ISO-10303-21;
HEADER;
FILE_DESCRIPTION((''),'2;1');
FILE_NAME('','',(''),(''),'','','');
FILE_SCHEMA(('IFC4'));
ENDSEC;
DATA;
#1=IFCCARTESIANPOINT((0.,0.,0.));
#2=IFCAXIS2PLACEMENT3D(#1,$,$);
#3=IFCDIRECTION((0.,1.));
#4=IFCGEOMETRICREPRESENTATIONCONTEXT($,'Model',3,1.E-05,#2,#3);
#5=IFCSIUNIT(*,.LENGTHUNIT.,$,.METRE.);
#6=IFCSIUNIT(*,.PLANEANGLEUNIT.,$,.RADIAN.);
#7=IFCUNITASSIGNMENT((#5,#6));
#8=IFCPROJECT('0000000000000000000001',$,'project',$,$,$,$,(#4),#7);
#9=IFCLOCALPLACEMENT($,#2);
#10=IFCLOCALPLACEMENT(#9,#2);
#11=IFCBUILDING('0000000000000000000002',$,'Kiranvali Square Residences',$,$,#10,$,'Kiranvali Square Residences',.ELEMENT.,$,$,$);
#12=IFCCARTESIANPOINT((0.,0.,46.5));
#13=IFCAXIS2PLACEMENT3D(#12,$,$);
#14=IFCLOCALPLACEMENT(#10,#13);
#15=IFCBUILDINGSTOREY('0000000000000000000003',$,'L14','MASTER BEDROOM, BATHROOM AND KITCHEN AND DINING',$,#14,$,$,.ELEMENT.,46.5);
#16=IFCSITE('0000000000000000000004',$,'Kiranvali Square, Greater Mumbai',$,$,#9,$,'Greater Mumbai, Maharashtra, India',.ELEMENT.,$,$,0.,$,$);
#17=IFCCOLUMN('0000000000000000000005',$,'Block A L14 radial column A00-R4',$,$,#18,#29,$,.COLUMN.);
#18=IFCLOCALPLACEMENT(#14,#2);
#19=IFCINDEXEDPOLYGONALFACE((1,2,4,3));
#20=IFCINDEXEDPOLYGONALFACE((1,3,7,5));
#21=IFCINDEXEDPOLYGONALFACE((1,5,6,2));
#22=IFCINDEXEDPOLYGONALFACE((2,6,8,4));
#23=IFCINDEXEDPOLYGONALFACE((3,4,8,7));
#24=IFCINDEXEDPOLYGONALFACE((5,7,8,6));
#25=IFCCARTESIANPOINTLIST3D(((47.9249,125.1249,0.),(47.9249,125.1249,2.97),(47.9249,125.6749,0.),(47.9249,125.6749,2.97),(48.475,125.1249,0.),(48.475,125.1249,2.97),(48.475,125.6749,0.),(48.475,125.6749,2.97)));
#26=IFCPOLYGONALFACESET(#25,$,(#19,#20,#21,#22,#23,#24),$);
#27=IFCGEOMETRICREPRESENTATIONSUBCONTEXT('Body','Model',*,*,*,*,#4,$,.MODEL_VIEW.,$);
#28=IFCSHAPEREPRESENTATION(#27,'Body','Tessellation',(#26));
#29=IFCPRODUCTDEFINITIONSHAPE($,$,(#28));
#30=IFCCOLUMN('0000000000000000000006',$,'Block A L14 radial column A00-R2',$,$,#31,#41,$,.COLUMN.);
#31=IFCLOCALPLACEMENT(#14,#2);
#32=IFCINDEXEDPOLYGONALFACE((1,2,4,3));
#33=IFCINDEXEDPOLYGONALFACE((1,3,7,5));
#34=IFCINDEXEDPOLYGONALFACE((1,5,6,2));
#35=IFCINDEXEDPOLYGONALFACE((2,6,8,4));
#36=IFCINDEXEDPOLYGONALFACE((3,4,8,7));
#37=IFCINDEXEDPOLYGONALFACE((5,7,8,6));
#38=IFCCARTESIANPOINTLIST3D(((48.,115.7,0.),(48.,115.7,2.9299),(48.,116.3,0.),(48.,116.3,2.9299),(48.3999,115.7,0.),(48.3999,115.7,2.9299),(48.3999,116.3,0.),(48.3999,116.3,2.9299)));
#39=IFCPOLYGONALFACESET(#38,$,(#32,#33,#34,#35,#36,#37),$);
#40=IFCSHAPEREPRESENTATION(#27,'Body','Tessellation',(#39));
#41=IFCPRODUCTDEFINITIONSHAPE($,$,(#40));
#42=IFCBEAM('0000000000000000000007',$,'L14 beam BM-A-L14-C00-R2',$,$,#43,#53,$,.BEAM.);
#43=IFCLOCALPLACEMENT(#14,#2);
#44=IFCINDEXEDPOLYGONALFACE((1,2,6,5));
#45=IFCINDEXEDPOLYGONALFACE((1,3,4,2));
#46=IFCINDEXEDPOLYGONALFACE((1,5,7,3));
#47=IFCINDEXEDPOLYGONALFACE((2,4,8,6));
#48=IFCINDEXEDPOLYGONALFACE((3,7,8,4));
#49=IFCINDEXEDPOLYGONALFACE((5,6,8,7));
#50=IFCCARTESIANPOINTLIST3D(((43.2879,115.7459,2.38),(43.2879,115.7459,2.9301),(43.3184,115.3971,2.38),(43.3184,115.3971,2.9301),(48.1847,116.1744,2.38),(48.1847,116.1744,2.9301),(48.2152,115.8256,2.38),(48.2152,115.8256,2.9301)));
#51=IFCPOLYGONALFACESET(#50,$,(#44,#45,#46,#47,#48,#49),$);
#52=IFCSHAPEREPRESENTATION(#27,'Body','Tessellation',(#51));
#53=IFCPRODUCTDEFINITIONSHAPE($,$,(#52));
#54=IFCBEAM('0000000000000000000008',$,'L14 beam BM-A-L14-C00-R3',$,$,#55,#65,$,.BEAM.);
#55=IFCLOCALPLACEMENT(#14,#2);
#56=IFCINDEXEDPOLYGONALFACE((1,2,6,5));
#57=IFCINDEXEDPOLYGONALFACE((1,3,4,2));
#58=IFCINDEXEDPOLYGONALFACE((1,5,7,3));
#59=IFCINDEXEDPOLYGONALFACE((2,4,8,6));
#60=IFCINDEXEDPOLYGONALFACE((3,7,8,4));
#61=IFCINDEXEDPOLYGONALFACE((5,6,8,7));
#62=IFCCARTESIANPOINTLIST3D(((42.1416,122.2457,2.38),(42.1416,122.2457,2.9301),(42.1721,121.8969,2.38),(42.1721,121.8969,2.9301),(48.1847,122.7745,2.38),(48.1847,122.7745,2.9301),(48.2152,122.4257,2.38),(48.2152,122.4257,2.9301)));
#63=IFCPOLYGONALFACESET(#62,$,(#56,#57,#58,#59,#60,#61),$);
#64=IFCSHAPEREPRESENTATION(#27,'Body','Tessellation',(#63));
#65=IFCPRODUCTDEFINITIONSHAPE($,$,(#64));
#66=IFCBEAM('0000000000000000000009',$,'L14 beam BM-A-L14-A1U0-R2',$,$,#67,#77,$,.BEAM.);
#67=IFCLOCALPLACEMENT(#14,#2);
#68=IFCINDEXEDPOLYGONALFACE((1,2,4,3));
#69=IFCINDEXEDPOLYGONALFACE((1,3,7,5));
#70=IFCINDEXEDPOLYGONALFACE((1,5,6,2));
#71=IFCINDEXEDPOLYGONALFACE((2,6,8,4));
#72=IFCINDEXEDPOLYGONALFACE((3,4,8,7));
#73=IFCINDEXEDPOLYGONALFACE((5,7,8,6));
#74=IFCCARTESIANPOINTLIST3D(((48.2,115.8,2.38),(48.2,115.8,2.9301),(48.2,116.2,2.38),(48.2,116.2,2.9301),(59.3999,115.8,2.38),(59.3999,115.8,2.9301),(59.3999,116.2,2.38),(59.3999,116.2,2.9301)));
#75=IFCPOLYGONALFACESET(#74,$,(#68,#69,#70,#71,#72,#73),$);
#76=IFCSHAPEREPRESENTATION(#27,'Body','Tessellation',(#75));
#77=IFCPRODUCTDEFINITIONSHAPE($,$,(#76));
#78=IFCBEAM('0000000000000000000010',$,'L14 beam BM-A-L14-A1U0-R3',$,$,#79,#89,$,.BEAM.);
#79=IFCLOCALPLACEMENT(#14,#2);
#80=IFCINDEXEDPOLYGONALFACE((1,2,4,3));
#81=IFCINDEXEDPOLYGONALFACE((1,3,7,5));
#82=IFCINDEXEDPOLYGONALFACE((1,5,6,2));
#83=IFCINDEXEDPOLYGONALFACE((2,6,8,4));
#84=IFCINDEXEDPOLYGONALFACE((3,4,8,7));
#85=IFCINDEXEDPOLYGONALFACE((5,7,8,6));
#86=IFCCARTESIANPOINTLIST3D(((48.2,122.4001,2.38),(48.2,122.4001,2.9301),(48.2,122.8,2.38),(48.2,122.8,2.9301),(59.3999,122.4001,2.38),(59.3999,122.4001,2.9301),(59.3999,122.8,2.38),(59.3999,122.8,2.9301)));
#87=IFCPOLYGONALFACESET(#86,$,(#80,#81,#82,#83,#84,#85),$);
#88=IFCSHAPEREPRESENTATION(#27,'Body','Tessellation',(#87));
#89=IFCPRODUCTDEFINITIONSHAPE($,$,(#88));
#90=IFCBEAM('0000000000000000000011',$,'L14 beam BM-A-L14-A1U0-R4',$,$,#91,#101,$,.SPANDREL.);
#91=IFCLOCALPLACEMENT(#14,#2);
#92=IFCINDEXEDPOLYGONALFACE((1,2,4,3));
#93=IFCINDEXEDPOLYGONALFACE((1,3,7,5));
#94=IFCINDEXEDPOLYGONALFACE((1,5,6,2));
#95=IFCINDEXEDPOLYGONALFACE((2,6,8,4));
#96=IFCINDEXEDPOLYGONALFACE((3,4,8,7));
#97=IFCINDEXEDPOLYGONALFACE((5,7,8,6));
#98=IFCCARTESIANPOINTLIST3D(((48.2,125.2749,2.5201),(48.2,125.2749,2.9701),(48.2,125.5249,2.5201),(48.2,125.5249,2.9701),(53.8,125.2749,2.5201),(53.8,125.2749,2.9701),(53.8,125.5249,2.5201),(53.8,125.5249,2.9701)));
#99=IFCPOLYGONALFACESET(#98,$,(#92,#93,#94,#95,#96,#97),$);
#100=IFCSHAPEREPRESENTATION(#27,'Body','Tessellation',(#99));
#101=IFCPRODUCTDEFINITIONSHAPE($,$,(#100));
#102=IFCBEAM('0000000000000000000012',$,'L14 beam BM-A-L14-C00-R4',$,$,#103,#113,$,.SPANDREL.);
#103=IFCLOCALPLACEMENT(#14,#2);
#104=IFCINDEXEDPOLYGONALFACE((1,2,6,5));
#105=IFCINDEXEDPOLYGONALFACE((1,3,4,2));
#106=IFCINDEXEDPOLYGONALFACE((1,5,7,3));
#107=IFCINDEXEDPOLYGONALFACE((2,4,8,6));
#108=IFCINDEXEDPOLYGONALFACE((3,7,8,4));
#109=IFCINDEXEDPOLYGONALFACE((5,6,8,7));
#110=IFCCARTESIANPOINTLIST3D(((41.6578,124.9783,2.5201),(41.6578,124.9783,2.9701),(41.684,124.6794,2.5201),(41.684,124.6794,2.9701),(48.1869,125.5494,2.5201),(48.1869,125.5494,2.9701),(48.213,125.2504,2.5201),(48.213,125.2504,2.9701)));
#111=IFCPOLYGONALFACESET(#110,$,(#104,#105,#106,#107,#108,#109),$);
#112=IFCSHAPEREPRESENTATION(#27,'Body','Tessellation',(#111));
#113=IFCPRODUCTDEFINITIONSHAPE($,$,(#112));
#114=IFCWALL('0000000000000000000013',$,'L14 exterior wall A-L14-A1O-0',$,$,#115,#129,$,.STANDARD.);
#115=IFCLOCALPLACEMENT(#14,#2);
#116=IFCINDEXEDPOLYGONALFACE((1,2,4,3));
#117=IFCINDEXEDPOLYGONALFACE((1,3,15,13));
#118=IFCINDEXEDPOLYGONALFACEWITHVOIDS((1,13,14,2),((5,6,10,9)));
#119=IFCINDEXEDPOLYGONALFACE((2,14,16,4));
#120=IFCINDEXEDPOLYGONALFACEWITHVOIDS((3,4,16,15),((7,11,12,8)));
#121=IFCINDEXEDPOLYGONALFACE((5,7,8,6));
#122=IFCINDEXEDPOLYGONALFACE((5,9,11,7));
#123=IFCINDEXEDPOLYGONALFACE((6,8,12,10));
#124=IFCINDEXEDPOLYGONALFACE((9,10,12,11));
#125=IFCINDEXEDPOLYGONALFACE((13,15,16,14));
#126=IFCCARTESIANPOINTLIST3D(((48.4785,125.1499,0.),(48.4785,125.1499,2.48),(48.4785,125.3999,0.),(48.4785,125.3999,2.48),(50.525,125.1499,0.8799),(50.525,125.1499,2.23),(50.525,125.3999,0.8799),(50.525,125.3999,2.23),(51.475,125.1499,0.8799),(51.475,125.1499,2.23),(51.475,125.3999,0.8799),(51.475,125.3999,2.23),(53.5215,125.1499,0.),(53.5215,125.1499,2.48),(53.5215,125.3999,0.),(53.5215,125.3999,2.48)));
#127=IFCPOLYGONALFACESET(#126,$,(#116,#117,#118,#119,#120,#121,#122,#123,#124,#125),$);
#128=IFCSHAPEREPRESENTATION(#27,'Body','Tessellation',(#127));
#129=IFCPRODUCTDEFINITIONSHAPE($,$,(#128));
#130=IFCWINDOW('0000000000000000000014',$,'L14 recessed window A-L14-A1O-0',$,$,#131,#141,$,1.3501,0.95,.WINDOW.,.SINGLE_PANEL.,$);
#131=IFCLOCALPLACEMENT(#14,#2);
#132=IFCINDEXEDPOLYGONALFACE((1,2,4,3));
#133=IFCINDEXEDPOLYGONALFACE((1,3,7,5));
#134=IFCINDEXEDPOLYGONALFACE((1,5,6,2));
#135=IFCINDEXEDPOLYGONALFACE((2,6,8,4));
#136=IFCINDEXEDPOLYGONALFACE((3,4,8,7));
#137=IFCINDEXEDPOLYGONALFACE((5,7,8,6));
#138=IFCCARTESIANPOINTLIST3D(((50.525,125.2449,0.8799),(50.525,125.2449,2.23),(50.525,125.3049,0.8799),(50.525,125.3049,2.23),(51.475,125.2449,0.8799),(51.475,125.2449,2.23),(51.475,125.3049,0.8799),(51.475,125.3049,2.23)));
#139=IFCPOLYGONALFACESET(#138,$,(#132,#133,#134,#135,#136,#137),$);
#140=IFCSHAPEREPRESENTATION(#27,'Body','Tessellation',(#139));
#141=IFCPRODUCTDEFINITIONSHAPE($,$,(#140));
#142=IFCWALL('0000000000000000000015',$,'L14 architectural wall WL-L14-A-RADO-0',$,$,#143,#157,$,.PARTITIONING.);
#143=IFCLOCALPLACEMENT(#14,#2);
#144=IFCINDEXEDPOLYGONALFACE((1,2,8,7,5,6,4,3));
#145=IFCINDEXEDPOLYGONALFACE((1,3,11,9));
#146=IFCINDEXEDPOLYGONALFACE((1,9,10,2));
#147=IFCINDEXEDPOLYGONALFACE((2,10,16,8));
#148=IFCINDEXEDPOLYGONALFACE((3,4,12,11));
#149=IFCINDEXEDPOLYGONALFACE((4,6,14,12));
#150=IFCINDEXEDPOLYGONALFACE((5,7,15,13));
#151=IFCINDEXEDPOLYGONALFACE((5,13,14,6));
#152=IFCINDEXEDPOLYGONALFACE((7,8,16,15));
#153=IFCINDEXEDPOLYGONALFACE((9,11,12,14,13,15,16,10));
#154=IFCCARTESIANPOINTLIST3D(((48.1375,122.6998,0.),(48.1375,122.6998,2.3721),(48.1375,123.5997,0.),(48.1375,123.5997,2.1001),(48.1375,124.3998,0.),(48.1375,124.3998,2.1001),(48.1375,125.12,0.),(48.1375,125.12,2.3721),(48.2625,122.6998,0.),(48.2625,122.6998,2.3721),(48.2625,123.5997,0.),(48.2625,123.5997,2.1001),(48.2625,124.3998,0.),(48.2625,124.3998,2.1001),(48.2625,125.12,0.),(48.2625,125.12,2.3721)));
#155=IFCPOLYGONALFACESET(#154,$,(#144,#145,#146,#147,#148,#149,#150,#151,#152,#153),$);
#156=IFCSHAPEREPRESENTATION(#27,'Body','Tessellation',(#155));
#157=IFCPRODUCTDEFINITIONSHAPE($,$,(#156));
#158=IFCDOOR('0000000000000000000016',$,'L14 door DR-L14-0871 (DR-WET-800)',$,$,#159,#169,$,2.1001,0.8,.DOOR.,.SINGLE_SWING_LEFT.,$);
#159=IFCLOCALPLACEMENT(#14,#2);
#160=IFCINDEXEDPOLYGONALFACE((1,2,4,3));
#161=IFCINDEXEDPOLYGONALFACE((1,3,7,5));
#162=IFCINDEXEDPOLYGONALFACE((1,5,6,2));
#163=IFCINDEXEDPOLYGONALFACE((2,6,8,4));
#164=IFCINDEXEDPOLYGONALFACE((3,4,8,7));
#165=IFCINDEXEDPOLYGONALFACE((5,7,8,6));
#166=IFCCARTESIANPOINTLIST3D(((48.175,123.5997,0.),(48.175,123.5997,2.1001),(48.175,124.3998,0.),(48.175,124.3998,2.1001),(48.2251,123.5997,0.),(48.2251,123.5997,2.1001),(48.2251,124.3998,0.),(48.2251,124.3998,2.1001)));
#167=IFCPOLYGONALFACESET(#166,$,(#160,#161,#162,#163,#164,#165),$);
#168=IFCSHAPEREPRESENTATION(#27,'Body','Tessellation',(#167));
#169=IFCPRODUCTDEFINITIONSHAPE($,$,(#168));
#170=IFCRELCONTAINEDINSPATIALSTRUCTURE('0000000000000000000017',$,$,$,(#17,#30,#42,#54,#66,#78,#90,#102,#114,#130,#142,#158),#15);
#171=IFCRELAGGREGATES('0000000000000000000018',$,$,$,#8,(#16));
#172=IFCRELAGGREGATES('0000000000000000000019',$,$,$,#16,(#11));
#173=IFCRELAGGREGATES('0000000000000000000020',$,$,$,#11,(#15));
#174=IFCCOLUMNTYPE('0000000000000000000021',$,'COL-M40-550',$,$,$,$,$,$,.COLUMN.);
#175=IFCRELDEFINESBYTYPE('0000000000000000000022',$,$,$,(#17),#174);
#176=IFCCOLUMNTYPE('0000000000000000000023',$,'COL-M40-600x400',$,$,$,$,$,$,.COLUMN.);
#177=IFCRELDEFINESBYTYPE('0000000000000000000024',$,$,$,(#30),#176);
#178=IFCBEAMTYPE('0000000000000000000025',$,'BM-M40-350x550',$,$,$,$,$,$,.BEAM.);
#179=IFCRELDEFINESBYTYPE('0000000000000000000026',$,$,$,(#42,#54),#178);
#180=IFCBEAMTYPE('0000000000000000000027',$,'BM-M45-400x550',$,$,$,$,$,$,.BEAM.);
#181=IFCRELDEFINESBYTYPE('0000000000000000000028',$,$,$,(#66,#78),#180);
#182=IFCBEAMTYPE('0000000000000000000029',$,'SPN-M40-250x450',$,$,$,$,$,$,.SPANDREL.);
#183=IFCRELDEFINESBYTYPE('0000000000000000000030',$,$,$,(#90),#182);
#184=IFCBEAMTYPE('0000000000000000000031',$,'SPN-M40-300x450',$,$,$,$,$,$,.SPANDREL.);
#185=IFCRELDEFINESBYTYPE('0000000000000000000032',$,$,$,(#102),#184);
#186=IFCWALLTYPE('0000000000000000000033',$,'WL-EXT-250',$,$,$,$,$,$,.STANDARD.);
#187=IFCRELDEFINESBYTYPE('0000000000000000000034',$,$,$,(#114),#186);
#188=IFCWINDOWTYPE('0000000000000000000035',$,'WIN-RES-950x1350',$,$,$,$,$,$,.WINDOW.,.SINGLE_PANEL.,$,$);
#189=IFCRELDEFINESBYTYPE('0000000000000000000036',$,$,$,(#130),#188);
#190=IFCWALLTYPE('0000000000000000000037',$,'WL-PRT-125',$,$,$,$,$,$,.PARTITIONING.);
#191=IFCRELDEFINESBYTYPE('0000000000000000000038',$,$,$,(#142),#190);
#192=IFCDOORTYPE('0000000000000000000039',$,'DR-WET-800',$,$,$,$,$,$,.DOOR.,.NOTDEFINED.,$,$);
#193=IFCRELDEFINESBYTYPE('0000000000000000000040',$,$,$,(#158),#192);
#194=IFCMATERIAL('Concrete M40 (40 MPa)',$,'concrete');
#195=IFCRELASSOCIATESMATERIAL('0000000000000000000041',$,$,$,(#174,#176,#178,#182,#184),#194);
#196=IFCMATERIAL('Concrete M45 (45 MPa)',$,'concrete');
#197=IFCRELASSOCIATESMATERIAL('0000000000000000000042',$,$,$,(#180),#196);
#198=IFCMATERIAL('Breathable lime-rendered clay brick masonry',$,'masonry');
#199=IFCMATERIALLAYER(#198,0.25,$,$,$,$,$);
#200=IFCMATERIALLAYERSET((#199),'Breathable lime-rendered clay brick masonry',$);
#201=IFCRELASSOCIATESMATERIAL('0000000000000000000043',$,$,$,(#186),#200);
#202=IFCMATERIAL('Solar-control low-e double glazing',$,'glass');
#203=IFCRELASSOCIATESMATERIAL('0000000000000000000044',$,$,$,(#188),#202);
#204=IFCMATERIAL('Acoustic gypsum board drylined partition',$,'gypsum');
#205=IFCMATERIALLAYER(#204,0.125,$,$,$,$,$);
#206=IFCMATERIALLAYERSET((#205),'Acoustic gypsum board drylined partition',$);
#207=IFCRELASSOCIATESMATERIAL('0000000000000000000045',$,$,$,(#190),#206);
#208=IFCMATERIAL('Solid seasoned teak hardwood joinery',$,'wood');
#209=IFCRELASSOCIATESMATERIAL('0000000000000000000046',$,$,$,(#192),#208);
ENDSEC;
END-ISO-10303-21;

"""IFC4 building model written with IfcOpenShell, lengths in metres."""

from ifc_helpers import new_model, si_unit, direction, frame, frame_2d, origin, origin_2d, place, context, subcontext, project, spatial, rectangle, extrude, material, layer, layer_set, material_profile, profile_set, type_object, element, fill, save


model = new_model("IFC4")

# Units and contexts
model_context = context("Model", 3, precision=1e-05, world=origin(), true_north=direction((0.0, 1.0)))
body_context = subcontext(model_context, "Body", "Model", "MODEL_VIEW")
ifc_project = project(units=[si_unit("LENGTHUNIT", "METRE"), si_unit("PLANEANGLEUNIT", "RADIAN")], contexts=[model_context])

# Site, building, storey
site_placement = place(None, origin())
site = spatial("IfcSite", under=ifc_project, at=site_placement, Name="Kiranvali Square, Greater Mumbai", LongName="Greater Mumbai, Maharashtra, India", CompositionType="ELEMENT", RefElevation=0.0)
building_placement = place(site_placement, origin())
building = spatial("IfcBuilding", under=site, at=building_placement, Name="Kiranvali Square Residences", LongName="Kiranvali Square Residences", CompositionType="ELEMENT")
storey_placement = place(building_placement, frame((0.0, 0.0, 46.5)))
storey = spatial("IfcBuildingStorey", under=building, at=storey_placement, Name="L14", Description="MASTER BEDROOM, BATHROOM AND KITCHEN AND DINING", CompositionType="ELEMENT", Elevation=46.5)

# Columns
ifc_material_1 = material(Name="Concrete M40 (40 MPa)", Category="concrete")
ifc_material_profile_1 = material_profile(ifc_material_1, rectangle(XDim=0.55, YDim=0.55, at=origin_2d()), Name="RC 550x550")
ifc_profile_set_1 = profile_set([ifc_material_profile_1], Name="Concrete M40 (40 MPa)")
column_type_1 = type_object("IfcColumnType", Name="COL-M40-550", PredefinedType="COLUMN", material=ifc_profile_set_1)
column_1_placement = place(storey_placement, frame((48.2, 125.3999, 0.0), z_axis=(0.0, 0.0, 1.0), x_axis=(1.0, 0.0, 0.0)))
element("IfcColumn", 1, at=column_1_placement, inside=storey, type_object=column_type_1, Name="Block A L14 radial column A00-R4", PredefinedType="COLUMN", context=body_context, shape_type="SweptSolid", body=[
    extrude(rectangle(XDim=0.55, YDim=0.55, at=origin_2d()), origin(), (0.0, 0.0, 1.0), 2.97),
])
ifc_material_profile_2 = material_profile(ifc_material_1, rectangle(XDim=0.3999, YDim=0.6001, at=origin_2d()), Name="RC 600x400")
ifc_profile_set_2 = profile_set([ifc_material_profile_2], Name="Concrete M40 (40 MPa)")
column_type_2 = type_object("IfcColumnType", Name="COL-M40-600x400", PredefinedType="COLUMN", material=ifc_profile_set_2)
column_2_placement = place(storey_placement, frame((48.2, 116.0, 0.0), z_axis=(0.0, 0.0, 1.0), x_axis=(1.0, 0.0, 0.0)))
element("IfcColumn", 2, at=column_2_placement, inside=storey, type_object=column_type_2, Name="Block A L14 radial column A00-R2", PredefinedType="COLUMN", context=body_context, shape_type="SweptSolid", body=[
    extrude(rectangle(XDim=0.3999, YDim=0.6001, at=origin_2d()), origin(), (0.0, 0.0, 1.0), 2.9299),
])

# Beams
ifc_material_profile_3 = material_profile(ifc_material_1, rectangle(XDim=0.3501, YDim=0.55, at=origin_2d()), Name="RC 350x550")
ifc_profile_set_3 = profile_set([ifc_material_profile_3], Name="Concrete M40 (40 MPa)")
beam_type_1 = type_object("IfcBeamType", Name="BM-M40-350x550", PredefinedType="BEAM", material=ifc_profile_set_3)
beam_1_placement = place(storey_placement, frame((48.2, 116.0, 2.655), z_axis=(-0.996194, -0.087168, 0.0), x_axis=(0.087168, -0.996194, 0.0)))
element("IfcBeam", 3, at=beam_1_placement, inside=storey, type_object=beam_type_1, Name="L14 beam BM-A-L14-C00-R2", PredefinedType="BEAM", context=body_context, shape_type="SweptSolid", body=[
    extrude(rectangle(XDim=0.3501, YDim=0.55, at=origin_2d()), origin(), (0.0, 0.0, 1.0), 4.9155),
])
beam_2_placement = place(storey_placement, frame((48.2, 122.6001, 2.655), z_axis=(-0.996193, -0.087175, 0.0), x_axis=(0.087175, -0.996193, 0.0)))
element("IfcBeam", 4, at=beam_2_placement, inside=storey, type_object=beam_type_1, Name="L14 beam BM-A-L14-C00-R3", PredefinedType="BEAM", context=body_context, shape_type="SweptSolid", body=[
    extrude(rectangle(XDim=0.3501, YDim=0.55, at=origin_2d()), origin(), (0.0, 0.0, 1.0), 6.0662),
])
ifc_material_2 = material(Name="Concrete M45 (45 MPa)", Category="concrete")
ifc_material_profile_4 = material_profile(ifc_material_2, rectangle(XDim=0.3999, YDim=0.55, at=origin_2d()), Name="RC 400x550")
ifc_profile_set_4 = profile_set([ifc_material_profile_4], Name="Concrete M45 (45 MPa)")
beam_type_2 = type_object("IfcBeamType", Name="BM-M45-400x550", PredefinedType="BEAM", material=ifc_profile_set_4)
for number, where, z_axis, x_axis, name in (
    (5, (48.2, 116.0, 2.655), (1.0, 0.0, 0.0), (0.0, 1.0, 0.0), "L14 beam BM-A-L14-A1U0-R2"),
    (6, (48.2, 122.6001, 2.655), (1.0, 0.0, 0.0), (0.0, 1.0, 0.0), "L14 beam BM-A-L14-A1U0-R3"),
):
    element("IfcBeam", number, at=place(storey_placement, frame(where, z_axis=z_axis, x_axis=x_axis)), inside=storey, type_object=beam_type_2, Name=name, PredefinedType="BEAM", context=body_context, shape_type="SweptSolid", body=[
        extrude(rectangle(XDim=0.3999, YDim=0.55, at=origin_2d()), origin(), (0.0, 0.0, 1.0), 11.2),
    ])
ifc_material_profile_5 = material_profile(ifc_material_1, rectangle(XDim=0.25, YDim=0.45, at=origin_2d()), Name="RC 250x450")
ifc_profile_set_5 = profile_set([ifc_material_profile_5], Name="Concrete M40 (40 MPa)")
beam_type_3 = type_object("IfcBeamType", Name="SPN-M40-250x450", PredefinedType="SPANDREL", material=ifc_profile_set_5)
beam_3_placement = place(storey_placement, frame((48.2, 125.3999, 2.7451), z_axis=(1.0, 0.0, 0.0), x_axis=(0.0, 1.0, 0.0)))
element("IfcBeam", 7, at=beam_3_placement, inside=storey, type_object=beam_type_3, Name="L14 beam BM-A-L14-A1U0-R4", PredefinedType="SPANDREL", context=body_context, shape_type="SweptSolid", body=[
    extrude(rectangle(XDim=0.25, YDim=0.45, at=origin_2d()), origin(), (0.0, 0.0, 1.0), 5.6001),
])
ifc_material_profile_6 = material_profile(ifc_material_1, rectangle(XDim=0.3, YDim=0.45, at=origin_2d()), Name="RC 300x450")
ifc_profile_set_6 = profile_set([ifc_material_profile_6], Name="Concrete M40 (40 MPa)")
beam_type_4 = type_object("IfcBeamType", Name="SPN-M40-300x450", PredefinedType="SPANDREL", material=ifc_profile_set_6)
beam_4_placement = place(storey_placement, frame((48.2, 125.3999, 2.7451), z_axis=(-0.996197, -0.08713, 0.0), x_axis=(0.08713, -0.996197, 0.0)))
element("IfcBeam", 8, at=beam_4_placement, inside=storey, type_object=beam_type_4, Name="L14 beam BM-A-L14-C00-R4", PredefinedType="SPANDREL", context=body_context, shape_type="SweptSolid", body=[
    extrude(rectangle(XDim=0.3, YDim=0.45, at=origin_2d()), origin(), (0.0, 0.0, 1.0), 6.554),
])

# Wall, opening, window
ifc_material_3 = material(Name="Breathable lime-rendered clay brick masonry", Category="masonry")
ifc_layer_1 = layer(ifc_material_3, 0.25)
ifc_layer_set_1 = layer_set([ifc_layer_1], Name="Breathable lime-rendered clay brick masonry")
wall_type_1 = type_object("IfcWallType", Name="WL-EXT-250", PredefinedType="STANDARD", material=ifc_layer_set_1)
wall_1_placement = place(storey_placement, frame((48.4785, 125.2749, 0.0), z_axis=(0.0, 0.0, 1.0), x_axis=(1.0, 0.0, 0.0)))
wall_1 = element("IfcWall", 9, at=wall_1_placement, inside=storey, type_object=wall_type_1, Name="L14 exterior wall A-L14-A1O-0", PredefinedType="STANDARD", context=body_context, shape_type="SweptSolid", body=[
    extrude(rectangle(XDim=5.043, YDim=0.25, at=frame_2d((2.5215, 0.0))), origin(), (0.0, 0.0, 1.0), 2.48),
])
opening_1_placement = place(wall_1_placement, frame((2.0464, 0.0, 0.8799)))
opening_1 = element("IfcOpeningElement", 10, at=opening_1_placement, cuts=wall_1, PredefinedType="OPENING", context=body_context, shape_type="SweptSolid", body=[
    extrude(rectangle(XDim=0.95, YDim=1.3501, at=frame_2d((0.4751, 0.675))), frame((0.0, 0.135, 0.0), z_axis=(0.0, -1.0, 0.0), x_axis=(1.0, 0.0, 0.0)), (0.0, 0.0, 1.0), 0.27),
])
ifc_material_4 = material(Name="Solar-control low-e double glazing", Category="glass")
window_type = type_object("IfcWindowType", Name="WIN-RES-950x1350", PartitioningType="SINGLE_PANEL", PredefinedType="WINDOW", material=ifc_material_4)
window_placement = place(opening_1_placement, origin())
window = element("IfcWindow", 11, at=window_placement, inside=storey, type_object=window_type, Name="L14 recessed window A-L14-A1O-0", OverallHeight=1.3501, OverallWidth=0.95, PartitioningType="SINGLE_PANEL", PredefinedType="WINDOW", context=body_context, shape_type="SweptSolid", body=[
    extrude(rectangle(XDim=0.95, YDim=1.3501, at=frame_2d((0.4751, 0.675))), frame((0.0, 0.03, 0.0), z_axis=(0.0, -1.0, 0.0), x_axis=(1.0, 0.0, 0.0)), (0.0, 0.0, 1.0), 0.0601),
])
fill(opening_1, window)

# Wall, opening, door
ifc_material_5 = material(Name="Acoustic gypsum board drylined partition", Category="gypsum")
ifc_layer_2 = layer(ifc_material_5, 0.125)
ifc_layer_set_2 = layer_set([ifc_layer_2], Name="Acoustic gypsum board drylined partition")
wall_type_2 = type_object("IfcWallType", Name="WL-PRT-125", PredefinedType="PARTITIONING", material=ifc_layer_set_2)
wall_2_placement = place(storey_placement, frame((48.2, 122.7, 0.0), z_axis=(0.0, 0.0, 1.0), x_axis=(0.0, 1.0, 0.0)))
wall_2 = element("IfcWall", 12, at=wall_2_placement, inside=storey, type_object=wall_type_2, Name="L14 architectural wall WL-L14-A-RADO-0", PredefinedType="PARTITIONING", context=body_context, shape_type="SweptSolid", body=[
    extrude(rectangle(XDim=2.4202, YDim=0.125, at=frame_2d((1.21, 0.0))), origin(), (0.0, 0.0, 1.0), 2.3721),
])
opening_2_placement = place(wall_2_placement, frame((0.8999, 0.0, 0.0)))
opening_2 = element("IfcOpeningElement", 13, at=opening_2_placement, cuts=wall_2, PredefinedType="OPENING", context=body_context, shape_type="SweptSolid", body=[
    extrude(rectangle(XDim=0.8, YDim=2.1001, at=frame_2d((0.3999, 1.05))), frame((0.0, 0.0725, 0.0), z_axis=(0.0, -1.0, 0.0), x_axis=(1.0, 0.0, 0.0)), (0.0, 0.0, 1.0), 0.145),
])
ifc_material_6 = material(Name="Solid seasoned teak hardwood joinery", Category="wood")
door_type_1 = type_object("IfcDoorType", Name="DR-WET-800", OperationType="NOTDEFINED", PredefinedType="DOOR", material=ifc_material_6)
door_1_placement = place(opening_2_placement, origin())
door_1 = element("IfcDoor", 14, at=door_1_placement, inside=storey, type_object=door_type_1, Name="L14 door DR-L14-0871 (DR-WET-800)", OperationType="SINGLE_SWING_LEFT", OverallHeight=2.1001, OverallWidth=0.8, PredefinedType="DOOR", context=body_context, shape_type="SweptSolid", body=[
    extrude(rectangle(XDim=0.8, YDim=2.1001, at=frame_2d((0.3999, 1.05))), frame((0.0, 0.0249, 0.0), z_axis=(0.0, -1.0, 0.0), x_axis=(1.0, 0.0, 0.0)), (0.0, 0.0, 1.0), 0.05),
])
fill(opening_2, door_1)

save(model, "model.ifc")
